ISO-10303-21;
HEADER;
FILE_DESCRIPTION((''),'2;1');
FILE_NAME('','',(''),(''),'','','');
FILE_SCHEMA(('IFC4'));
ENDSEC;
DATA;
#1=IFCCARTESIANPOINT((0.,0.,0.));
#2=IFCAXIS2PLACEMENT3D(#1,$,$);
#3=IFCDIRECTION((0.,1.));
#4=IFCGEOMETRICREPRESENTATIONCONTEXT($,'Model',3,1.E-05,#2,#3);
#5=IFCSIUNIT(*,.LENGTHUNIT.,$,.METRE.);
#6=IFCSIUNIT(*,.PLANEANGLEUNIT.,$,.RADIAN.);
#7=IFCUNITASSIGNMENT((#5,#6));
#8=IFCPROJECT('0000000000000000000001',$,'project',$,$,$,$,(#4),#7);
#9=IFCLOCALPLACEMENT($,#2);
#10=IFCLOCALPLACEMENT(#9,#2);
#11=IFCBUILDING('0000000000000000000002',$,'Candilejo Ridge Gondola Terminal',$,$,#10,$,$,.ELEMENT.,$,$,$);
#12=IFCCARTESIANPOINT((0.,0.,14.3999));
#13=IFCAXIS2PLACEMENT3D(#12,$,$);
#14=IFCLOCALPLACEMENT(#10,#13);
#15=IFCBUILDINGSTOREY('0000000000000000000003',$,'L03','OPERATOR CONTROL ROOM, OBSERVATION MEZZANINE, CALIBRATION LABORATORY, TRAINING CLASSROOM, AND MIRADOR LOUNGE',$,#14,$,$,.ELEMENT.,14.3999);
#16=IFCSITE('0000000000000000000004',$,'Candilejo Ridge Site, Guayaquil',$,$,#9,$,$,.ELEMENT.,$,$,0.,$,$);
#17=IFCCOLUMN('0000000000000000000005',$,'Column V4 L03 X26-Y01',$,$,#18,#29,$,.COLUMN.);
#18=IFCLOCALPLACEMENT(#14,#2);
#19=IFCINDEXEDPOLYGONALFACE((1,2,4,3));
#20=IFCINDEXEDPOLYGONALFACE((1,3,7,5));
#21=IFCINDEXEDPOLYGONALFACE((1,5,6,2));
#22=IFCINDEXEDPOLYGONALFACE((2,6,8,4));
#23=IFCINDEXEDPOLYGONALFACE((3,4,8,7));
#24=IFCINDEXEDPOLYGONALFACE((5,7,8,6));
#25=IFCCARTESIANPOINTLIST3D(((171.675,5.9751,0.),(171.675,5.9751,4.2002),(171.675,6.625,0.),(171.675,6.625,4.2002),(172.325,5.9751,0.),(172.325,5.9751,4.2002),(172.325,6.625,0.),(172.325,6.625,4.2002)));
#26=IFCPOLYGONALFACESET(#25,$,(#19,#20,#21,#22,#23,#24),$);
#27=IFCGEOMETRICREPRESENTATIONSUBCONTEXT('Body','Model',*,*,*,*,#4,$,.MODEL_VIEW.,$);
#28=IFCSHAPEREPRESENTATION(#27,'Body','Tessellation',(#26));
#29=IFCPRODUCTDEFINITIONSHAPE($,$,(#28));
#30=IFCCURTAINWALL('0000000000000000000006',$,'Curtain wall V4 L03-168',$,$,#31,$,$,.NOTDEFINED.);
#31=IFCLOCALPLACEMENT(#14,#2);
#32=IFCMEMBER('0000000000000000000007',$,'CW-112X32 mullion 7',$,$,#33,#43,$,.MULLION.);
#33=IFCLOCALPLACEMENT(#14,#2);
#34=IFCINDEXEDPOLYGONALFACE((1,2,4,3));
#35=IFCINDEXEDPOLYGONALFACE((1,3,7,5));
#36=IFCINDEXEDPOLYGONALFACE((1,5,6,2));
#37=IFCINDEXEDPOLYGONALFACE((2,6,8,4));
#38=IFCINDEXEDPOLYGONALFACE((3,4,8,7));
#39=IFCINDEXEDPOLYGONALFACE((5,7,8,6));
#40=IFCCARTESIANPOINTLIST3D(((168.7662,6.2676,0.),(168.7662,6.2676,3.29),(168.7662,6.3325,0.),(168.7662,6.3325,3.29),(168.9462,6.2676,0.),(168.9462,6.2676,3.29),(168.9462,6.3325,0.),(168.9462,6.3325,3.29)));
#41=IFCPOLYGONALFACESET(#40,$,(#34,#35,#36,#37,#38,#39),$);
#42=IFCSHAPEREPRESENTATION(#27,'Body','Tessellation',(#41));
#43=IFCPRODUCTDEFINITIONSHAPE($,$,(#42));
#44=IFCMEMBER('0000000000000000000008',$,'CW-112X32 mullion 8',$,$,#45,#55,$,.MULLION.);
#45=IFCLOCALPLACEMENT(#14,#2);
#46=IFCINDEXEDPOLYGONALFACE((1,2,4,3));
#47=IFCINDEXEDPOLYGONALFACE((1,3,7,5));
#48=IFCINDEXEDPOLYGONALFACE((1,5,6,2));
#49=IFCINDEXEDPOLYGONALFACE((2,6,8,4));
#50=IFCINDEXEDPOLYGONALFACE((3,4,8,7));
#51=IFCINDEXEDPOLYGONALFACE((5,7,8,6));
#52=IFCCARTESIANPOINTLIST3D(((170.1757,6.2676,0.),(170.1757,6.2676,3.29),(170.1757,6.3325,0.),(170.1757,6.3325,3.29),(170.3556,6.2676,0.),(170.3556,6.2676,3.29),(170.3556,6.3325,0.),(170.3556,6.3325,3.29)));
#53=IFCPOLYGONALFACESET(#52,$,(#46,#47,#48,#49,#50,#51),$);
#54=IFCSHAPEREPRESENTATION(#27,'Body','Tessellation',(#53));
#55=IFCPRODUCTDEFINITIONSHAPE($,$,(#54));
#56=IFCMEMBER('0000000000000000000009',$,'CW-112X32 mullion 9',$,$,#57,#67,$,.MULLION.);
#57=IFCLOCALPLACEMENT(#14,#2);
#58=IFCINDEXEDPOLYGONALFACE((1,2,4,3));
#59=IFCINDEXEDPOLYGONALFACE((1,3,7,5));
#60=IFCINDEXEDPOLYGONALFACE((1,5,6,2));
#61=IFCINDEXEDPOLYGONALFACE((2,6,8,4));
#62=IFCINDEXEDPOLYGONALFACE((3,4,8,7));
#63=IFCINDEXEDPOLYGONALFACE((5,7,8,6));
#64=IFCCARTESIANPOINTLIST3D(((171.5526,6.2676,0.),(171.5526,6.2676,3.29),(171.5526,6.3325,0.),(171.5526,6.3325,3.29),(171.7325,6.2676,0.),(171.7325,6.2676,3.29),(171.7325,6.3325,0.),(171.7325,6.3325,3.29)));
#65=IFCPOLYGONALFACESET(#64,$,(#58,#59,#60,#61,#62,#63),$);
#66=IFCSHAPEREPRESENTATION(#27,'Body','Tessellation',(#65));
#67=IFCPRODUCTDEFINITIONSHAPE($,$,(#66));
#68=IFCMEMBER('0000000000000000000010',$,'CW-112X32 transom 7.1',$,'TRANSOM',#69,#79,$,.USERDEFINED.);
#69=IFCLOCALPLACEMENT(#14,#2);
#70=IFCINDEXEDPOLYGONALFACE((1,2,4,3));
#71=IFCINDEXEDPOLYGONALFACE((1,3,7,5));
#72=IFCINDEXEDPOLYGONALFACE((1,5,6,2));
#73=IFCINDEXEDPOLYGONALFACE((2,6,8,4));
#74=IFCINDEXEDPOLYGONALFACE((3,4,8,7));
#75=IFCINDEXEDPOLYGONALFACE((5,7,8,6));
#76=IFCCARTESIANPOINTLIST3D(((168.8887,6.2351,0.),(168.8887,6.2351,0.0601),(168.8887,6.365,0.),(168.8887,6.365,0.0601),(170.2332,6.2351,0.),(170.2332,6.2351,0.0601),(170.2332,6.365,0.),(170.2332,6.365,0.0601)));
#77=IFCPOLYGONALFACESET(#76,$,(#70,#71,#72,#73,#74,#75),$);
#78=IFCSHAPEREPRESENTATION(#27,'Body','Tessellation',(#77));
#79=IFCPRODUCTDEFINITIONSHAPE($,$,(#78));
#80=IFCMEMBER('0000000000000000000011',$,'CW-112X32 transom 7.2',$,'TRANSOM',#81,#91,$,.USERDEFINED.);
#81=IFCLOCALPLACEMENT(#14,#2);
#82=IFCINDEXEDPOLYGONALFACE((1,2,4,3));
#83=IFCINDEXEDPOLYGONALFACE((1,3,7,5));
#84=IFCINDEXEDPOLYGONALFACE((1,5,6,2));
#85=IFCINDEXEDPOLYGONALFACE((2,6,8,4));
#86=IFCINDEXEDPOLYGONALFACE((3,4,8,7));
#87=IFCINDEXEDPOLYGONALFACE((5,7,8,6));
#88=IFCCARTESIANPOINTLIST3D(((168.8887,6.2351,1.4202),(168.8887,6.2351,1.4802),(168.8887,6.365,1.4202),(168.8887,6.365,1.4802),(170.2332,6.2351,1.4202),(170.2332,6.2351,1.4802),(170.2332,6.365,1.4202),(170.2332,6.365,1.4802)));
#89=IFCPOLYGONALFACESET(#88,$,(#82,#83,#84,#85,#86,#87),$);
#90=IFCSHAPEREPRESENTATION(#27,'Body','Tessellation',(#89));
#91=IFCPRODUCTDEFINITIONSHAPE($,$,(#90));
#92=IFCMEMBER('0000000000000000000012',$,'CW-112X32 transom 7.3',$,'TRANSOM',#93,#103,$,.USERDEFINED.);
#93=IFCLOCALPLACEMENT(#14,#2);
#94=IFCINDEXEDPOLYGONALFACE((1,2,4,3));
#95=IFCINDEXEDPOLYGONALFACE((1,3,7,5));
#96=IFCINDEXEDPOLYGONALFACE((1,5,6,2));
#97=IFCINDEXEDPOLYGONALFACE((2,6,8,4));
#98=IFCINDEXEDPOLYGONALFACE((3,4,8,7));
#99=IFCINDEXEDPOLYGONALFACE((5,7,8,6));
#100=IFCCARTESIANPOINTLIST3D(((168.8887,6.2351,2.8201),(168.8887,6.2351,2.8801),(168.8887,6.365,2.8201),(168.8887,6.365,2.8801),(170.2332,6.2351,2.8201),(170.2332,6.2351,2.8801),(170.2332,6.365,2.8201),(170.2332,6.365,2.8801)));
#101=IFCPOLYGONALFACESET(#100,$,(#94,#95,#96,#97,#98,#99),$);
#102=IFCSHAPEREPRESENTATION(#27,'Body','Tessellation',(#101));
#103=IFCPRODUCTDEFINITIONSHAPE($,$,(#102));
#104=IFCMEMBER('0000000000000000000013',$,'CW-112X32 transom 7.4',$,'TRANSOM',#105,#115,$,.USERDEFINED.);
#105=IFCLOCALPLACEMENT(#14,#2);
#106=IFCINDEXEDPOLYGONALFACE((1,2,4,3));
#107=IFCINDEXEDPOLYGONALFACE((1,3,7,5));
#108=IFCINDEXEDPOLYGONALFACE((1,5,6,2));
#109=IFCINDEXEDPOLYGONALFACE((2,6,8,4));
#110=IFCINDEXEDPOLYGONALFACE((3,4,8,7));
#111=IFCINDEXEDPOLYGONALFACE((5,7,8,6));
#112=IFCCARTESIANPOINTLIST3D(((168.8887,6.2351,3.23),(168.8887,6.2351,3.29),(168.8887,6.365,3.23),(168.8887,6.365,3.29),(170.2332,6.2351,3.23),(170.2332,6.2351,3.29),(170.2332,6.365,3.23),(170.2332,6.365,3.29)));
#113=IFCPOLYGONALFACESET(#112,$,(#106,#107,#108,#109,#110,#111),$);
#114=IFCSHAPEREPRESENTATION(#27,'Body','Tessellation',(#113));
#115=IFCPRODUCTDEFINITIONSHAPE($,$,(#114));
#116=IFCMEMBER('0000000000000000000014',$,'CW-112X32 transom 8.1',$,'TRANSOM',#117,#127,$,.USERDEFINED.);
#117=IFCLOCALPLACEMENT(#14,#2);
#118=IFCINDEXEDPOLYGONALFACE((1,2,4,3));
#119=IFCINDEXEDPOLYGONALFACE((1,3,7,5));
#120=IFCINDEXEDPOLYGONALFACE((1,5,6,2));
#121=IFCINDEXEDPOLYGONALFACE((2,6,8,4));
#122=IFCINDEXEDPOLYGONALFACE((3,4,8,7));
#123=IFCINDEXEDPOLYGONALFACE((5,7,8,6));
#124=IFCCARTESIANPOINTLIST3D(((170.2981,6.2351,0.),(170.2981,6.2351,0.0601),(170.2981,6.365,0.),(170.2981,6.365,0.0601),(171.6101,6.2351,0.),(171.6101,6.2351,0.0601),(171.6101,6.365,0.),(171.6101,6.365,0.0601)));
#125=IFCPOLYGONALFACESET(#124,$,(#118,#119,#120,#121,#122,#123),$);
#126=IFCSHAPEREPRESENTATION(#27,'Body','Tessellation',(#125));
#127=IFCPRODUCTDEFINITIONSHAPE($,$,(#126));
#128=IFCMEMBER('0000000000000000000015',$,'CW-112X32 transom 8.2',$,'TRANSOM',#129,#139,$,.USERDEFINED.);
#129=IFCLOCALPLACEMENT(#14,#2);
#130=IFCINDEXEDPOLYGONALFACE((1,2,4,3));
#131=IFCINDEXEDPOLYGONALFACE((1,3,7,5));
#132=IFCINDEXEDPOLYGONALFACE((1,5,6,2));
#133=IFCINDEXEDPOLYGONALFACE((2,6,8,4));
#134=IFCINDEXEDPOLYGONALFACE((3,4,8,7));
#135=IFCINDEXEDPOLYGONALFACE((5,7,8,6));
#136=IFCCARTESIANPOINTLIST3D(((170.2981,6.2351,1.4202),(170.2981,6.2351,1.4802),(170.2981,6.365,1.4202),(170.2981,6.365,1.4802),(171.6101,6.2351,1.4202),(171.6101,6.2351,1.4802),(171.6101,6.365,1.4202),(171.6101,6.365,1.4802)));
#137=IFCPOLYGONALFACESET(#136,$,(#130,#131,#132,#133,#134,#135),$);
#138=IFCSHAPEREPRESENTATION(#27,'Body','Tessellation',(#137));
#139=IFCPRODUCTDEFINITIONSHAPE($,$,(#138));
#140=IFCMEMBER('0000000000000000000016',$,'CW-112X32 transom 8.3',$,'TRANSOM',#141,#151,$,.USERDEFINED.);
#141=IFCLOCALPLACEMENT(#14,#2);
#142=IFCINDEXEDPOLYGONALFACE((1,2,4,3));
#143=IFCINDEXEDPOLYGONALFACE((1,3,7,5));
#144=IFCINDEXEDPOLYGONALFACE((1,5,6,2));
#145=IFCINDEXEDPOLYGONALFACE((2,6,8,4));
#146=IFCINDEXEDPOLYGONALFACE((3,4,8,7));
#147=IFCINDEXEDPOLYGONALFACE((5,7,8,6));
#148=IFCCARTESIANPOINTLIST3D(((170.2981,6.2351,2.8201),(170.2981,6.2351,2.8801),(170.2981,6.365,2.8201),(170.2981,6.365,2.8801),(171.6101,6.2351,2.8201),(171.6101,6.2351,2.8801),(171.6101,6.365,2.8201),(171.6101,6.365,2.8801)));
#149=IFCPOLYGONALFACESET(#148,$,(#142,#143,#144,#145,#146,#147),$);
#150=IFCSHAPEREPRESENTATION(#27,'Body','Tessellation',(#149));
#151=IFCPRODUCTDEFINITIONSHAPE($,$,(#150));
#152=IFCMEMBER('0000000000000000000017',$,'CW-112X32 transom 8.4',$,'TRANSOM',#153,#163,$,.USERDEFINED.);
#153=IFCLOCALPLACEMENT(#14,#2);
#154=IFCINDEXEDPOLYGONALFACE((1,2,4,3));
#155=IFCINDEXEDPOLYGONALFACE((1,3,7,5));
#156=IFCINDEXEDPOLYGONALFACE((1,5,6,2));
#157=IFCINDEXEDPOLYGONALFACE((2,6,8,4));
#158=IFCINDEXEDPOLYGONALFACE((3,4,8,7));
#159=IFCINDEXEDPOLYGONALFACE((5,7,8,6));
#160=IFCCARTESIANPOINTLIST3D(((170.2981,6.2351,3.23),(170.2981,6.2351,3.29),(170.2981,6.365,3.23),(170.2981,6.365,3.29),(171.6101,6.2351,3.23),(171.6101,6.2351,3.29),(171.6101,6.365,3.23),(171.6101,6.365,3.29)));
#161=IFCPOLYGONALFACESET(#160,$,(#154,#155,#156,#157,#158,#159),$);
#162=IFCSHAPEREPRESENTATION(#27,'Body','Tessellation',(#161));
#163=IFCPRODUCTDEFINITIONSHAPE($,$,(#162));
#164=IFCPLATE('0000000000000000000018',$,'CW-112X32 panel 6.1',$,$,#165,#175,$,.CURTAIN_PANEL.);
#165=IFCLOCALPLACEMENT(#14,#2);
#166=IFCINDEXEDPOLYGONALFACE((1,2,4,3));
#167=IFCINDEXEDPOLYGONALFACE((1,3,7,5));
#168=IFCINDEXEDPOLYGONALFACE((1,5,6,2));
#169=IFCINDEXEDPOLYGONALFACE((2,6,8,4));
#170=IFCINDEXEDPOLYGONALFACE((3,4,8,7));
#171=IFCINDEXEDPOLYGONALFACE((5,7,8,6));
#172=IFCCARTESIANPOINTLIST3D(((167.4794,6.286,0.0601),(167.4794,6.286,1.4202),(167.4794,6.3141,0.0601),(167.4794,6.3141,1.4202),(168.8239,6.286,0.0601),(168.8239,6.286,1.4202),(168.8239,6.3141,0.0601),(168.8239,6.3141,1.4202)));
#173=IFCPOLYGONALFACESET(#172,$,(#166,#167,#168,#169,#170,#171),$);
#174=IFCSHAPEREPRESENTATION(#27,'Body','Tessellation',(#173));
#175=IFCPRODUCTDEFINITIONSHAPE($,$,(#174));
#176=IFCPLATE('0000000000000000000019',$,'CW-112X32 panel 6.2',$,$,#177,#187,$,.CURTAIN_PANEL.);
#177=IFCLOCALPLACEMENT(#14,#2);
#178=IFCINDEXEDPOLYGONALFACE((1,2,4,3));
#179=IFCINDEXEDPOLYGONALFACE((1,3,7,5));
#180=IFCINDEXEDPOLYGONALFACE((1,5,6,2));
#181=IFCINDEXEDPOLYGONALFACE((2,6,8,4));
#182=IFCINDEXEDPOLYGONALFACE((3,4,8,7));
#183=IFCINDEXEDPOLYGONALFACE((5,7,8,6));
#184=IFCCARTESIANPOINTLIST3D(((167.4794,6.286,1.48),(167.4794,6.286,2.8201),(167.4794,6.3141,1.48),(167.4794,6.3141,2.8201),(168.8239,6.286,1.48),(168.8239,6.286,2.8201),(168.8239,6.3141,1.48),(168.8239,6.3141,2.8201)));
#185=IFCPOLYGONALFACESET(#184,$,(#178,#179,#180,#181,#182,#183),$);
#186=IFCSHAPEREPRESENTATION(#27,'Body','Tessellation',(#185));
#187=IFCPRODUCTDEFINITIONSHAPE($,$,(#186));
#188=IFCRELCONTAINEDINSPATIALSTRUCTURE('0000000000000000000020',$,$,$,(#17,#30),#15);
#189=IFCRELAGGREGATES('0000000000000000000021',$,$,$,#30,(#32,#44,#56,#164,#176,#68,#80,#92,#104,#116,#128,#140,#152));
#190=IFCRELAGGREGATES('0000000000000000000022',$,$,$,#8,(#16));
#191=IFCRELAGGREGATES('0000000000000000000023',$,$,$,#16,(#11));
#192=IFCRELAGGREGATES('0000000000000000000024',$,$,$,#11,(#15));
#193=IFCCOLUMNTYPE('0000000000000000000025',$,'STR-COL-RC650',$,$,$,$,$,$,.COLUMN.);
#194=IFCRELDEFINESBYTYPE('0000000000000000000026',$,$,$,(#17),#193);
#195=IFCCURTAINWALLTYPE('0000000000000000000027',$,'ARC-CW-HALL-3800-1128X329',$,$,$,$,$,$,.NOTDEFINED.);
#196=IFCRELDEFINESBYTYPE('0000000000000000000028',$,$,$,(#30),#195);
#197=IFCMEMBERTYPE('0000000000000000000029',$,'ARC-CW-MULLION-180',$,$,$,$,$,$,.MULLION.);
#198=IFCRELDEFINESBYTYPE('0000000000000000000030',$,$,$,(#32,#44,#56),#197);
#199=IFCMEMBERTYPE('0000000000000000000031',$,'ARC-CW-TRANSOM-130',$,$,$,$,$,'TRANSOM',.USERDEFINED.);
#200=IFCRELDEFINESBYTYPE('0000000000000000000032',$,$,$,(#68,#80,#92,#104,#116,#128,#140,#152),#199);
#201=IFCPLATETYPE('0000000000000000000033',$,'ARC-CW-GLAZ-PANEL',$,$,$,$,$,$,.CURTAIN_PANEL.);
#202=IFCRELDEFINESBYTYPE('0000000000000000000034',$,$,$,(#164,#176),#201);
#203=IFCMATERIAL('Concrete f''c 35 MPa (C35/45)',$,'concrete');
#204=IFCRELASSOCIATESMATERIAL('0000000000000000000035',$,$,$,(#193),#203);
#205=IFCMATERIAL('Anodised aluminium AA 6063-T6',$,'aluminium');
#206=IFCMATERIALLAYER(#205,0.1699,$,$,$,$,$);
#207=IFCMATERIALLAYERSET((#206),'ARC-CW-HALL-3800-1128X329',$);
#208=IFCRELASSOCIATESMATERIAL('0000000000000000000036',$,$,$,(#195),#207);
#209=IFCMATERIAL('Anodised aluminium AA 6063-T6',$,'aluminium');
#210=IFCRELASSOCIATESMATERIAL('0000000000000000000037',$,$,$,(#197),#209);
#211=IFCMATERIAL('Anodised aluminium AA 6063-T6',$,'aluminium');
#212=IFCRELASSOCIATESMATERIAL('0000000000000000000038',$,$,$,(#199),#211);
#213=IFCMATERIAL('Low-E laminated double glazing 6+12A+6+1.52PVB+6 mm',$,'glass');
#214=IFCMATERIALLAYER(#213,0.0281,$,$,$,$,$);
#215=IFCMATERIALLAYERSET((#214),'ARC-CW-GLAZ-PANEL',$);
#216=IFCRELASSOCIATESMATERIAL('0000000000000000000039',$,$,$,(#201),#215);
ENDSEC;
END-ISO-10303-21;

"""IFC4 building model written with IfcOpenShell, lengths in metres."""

from ifc_helpers import new_model, si_unit, direction, frame, origin, origin_2d, place, context, subcontext, project, spatial, rectangle, extrude, material, layer, layer_set, material_profile, profile_set, type_object, element, aggregate, save


model = new_model("IFC4")

# Units and contexts
model_context = context("Model", 3, precision=1e-05, world=origin(), true_north=direction((0.0, 1.0)))
body_context = subcontext(model_context, "Body", "Model", "MODEL_VIEW")
ifc_project = project(units=[si_unit("LENGTHUNIT", "METRE"), si_unit("PLANEANGLEUNIT", "RADIAN")], contexts=[model_context])

# Site, building, storey
site_placement = place(None, origin())
site = spatial("IfcSite", under=ifc_project, at=site_placement, Name="Candilejo Ridge Site, Guayaquil", CompositionType="ELEMENT", RefElevation=0.0)
building_placement = place(site_placement, origin())
building = spatial("IfcBuilding", under=site, at=building_placement, Name="Candilejo Ridge Gondola Terminal", CompositionType="ELEMENT")
storey_placement = place(building_placement, frame((0.0, 0.0, 14.3999)))
storey = spatial("IfcBuildingStorey", under=building, at=storey_placement, Name="L03", Description="OPERATOR CONTROL ROOM, OBSERVATION MEZZANINE, CALIBRATION LABORATORY, TRAINING CLASSROOM, AND MIRADOR LOUNGE", CompositionType="ELEMENT", Elevation=14.3999)

# Column
ifc_material_1 = material(Name="Concrete f'c 35 MPa (C35/45)", Category="concrete")
ifc_material_profile_1 = material_profile(ifc_material_1, rectangle(XDim=0.6499, YDim=0.6499, at=origin_2d()))
ifc_profile_set_1 = profile_set([ifc_material_profile_1], Name="Concrete f'c 35 MPa (C35/45)")
column_type = type_object("IfcColumnType", Name="STR-COL-RC650", PredefinedType="COLUMN", material=ifc_profile_set_1)
column_placement = place(storey_placement, frame((172.0, 6.3, 0.0), z_axis=(0.0, 0.0, 1.0), x_axis=(1.0, 0.0, 0.0)))
element("IfcColumn", 1, at=column_placement, inside=storey, type_object=column_type, Name="Column V4 L03 X26-Y01", PredefinedType="COLUMN", context=body_context, shape_type="SweptSolid", body=[
    extrude(rectangle(XDim=0.6499, YDim=0.6499, at=origin_2d()), origin(), (0.0, 0.0, 1.0), 4.2002),
])

# Curtain wall, members, plates
ifc_material_2 = material(Name="Anodised aluminium AA 6063-T6", Category="aluminium")
ifc_layer_1 = layer(ifc_material_2, 0.1699)
ifc_layer_set_1 = layer_set([ifc_layer_1], Name="ARC-CW-HALL-3800-1128X329")
curtain_wall_type = type_object("IfcCurtainWallType", Name="ARC-CW-HALL-3800-1128X329", PredefinedType="NOTDEFINED", material=ifc_layer_set_1)
curtain_wall_placement = place(storey_placement, origin())
curtain_wall = element("IfcCurtainWall", 2, at=curtain_wall_placement, inside=storey, type_object=curtain_wall_type, Name="Curtain wall V4 L03-168", PredefinedType="NOTDEFINED")
ifc_material_3 = material(Name="Anodised aluminium AA 6063-T6", Category="aluminium")
ifc_material_profile_2 = material_profile(ifc_material_3, rectangle(XDim=0.0649, YDim=0.1799, at=origin_2d()))
ifc_profile_set_2 = profile_set([ifc_material_profile_2], Name="Anodised aluminium AA 6063-T6")
member_type_1 = type_object("IfcMemberType", Name="ARC-CW-MULLION-180", PredefinedType="MULLION", material=ifc_profile_set_2)
member_1_placement = place(storey_placement, frame((168.8562, 6.3, 0.0), z_axis=(0.0, 0.0, 1.0), x_axis=(0.0, 1.0, 0.0)))
member_1 = element("IfcMember", 3, at=member_1_placement, type_object=member_type_1, Name="CW-112X32 mullion 7", PredefinedType="MULLION", context=body_context, shape_type="SweptSolid", body=[
    extrude(rectangle(XDim=0.0649, YDim=0.1799, at=origin_2d()), origin(), (0.0, 0.0, 1.0), 3.29),
])
member_2_placement = place(storey_placement, frame((170.2656, 6.3, 0.0), z_axis=(0.0, 0.0, 1.0), x_axis=(0.0, 1.0, 0.0)))
member_2 = element("IfcMember", 4, at=member_2_placement, type_object=member_type_1, Name="CW-112X32 mullion 8", PredefinedType="MULLION", context=body_context, shape_type="SweptSolid", body=[
    extrude(rectangle(XDim=0.0649, YDim=0.1799, at=origin_2d()), origin(), (0.0, 0.0, 1.0), 3.29),
])
member_3_placement = place(storey_placement, frame((171.6426, 6.3, 0.0), z_axis=(0.0, 0.0, 1.0), x_axis=(0.0, 1.0, 0.0)))
member_3 = element("IfcMember", 5, at=member_3_placement, type_object=member_type_1, Name="CW-112X32 mullion 9", PredefinedType="MULLION", context=body_context, shape_type="SweptSolid", body=[
    extrude(rectangle(XDim=0.0649, YDim=0.1799, at=origin_2d()), origin(), (0.0, 0.0, 1.0), 3.29),
])
ifc_material_4 = material(Name="Anodised aluminium AA 6063-T6", Category="aluminium")
ifc_material_profile_3 = material_profile(ifc_material_4, rectangle(XDim=0.1299, YDim=0.0601, at=origin_2d()))
ifc_profile_set_3 = profile_set([ifc_material_profile_3], Name="Anodised aluminium AA 6063-T6")
member_type_2 = type_object("IfcMemberType", Name="ARC-CW-TRANSOM-130", ElementType="TRANSOM", PredefinedType="USERDEFINED", material=ifc_profile_set_3)
member_4_placement = place(storey_placement, frame((168.8887, 6.3, 0.03), z_axis=(1.0, 0.0, 0.0), x_axis=(0.0, 1.0, 0.0)))
member_4 = element("IfcMember", 6, at=member_4_placement, type_object=member_type_2, Name="CW-112X32 transom 7.1", ObjectType="TRANSOM", PredefinedType="USERDEFINED", context=body_context, shape_type="SweptSolid", body=[
    extrude(rectangle(XDim=0.1299, YDim=0.0601, at=origin_2d()), origin(), (0.0, 0.0, 1.0), 1.3445),
])
member_5_placement = place(storey_placement, frame((168.8887, 6.3, 1.4502), z_axis=(1.0, 0.0, 0.0), x_axis=(0.0, 1.0, 0.0)))
member_5 = element("IfcMember", 7, at=member_5_placement, type_object=member_type_2, Name="CW-112X32 transom 7.2", ObjectType="TRANSOM", PredefinedType="USERDEFINED", context=body_context, shape_type="SweptSolid", body=[
    extrude(rectangle(XDim=0.1299, YDim=0.0601, at=origin_2d()), origin(), (0.0, 0.0, 1.0), 1.3445),
])
member_6_placement = place(storey_placement, frame((168.8887, 6.3, 2.8501), z_axis=(1.0, 0.0, 0.0), x_axis=(0.0, 1.0, 0.0)))
member_6 = element("IfcMember", 8, at=member_6_placement, type_object=member_type_2, Name="CW-112X32 transom 7.3", ObjectType="TRANSOM", PredefinedType="USERDEFINED", context=body_context, shape_type="SweptSolid", body=[
    extrude(rectangle(XDim=0.1299, YDim=0.0601, at=origin_2d()), origin(), (0.0, 0.0, 1.0), 1.3445),
])
member_7_placement = place(storey_placement, frame((168.8887, 6.3, 3.26), z_axis=(1.0, 0.0, 0.0), x_axis=(0.0, 1.0, 0.0)))
member_7 = element("IfcMember", 9, at=member_7_placement, type_object=member_type_2, Name="CW-112X32 transom 7.4", ObjectType="TRANSOM", PredefinedType="USERDEFINED", context=body_context, shape_type="SweptSolid", body=[
    extrude(rectangle(XDim=0.1299, YDim=0.0601, at=origin_2d()), origin(), (0.0, 0.0, 1.0), 1.3445),
])
member_8_placement = place(storey_placement, frame((170.2981, 6.3, 0.03), z_axis=(1.0, 0.0, 0.0), x_axis=(0.0, 1.0, 0.0)))
member_8 = element("IfcMember", 10, at=member_8_placement, type_object=member_type_2, Name="CW-112X32 transom 8.1", ObjectType="TRANSOM", PredefinedType="USERDEFINED", context=body_context, shape_type="SweptSolid", body=[
    extrude(rectangle(XDim=0.1299, YDim=0.0601, at=origin_2d()), origin(), (0.0, 0.0, 1.0), 1.312),
])
member_9_placement = place(storey_placement, frame((170.2981, 6.3, 1.4502), z_axis=(1.0, 0.0, 0.0), x_axis=(0.0, 1.0, 0.0)))
member_9 = element("IfcMember", 11, at=member_9_placement, type_object=member_type_2, Name="CW-112X32 transom 8.2", ObjectType="TRANSOM", PredefinedType="USERDEFINED", context=body_context, shape_type="SweptSolid", body=[
    extrude(rectangle(XDim=0.1299, YDim=0.0601, at=origin_2d()), origin(), (0.0, 0.0, 1.0), 1.312),
])
member_10_placement = place(storey_placement, frame((170.2981, 6.3, 2.8501), z_axis=(1.0, 0.0, 0.0), x_axis=(0.0, 1.0, 0.0)))
member_10 = element("IfcMember", 12, at=member_10_placement, type_object=member_type_2, Name="CW-112X32 transom 8.3", ObjectType="TRANSOM", PredefinedType="USERDEFINED", context=body_context, shape_type="SweptSolid", body=[
    extrude(rectangle(XDim=0.1299, YDim=0.0601, at=origin_2d()), origin(), (0.0, 0.0, 1.0), 1.312),
])
member_11_placement = place(storey_placement, frame((170.2981, 6.3, 3.26), z_axis=(1.0, 0.0, 0.0), x_axis=(0.0, 1.0, 0.0)))
member_11 = element("IfcMember", 13, at=member_11_placement, type_object=member_type_2, Name="CW-112X32 transom 8.4", ObjectType="TRANSOM", PredefinedType="USERDEFINED", context=body_context, shape_type="SweptSolid", body=[
    extrude(rectangle(XDim=0.1299, YDim=0.0601, at=origin_2d()), origin(), (0.0, 0.0, 1.0), 1.312),
])
ifc_material_5 = material(Name="Low-E laminated double glazing 6+12A+6+1.52PVB+6 mm", Category="glass")
ifc_layer_2 = layer(ifc_material_5, 0.0281)
ifc_layer_set_2 = layer_set([ifc_layer_2], Name="ARC-CW-GLAZ-PANEL")
plate_type = type_object("IfcPlateType", Name="ARC-CW-GLAZ-PANEL", PredefinedType="CURTAIN_PANEL", material=ifc_layer_set_2)
plate_1_placement = place(storey_placement, frame((168.1516, 6.3, 0.0601), z_axis=(0.0, 0.0, 1.0), x_axis=(1.0, 0.0, 0.0)))
plate_1 = element("IfcPlate", 14, at=plate_1_placement, type_object=plate_type, Name="CW-112X32 panel 6.1", PredefinedType="CURTAIN_PANEL", context=body_context, shape_type="SweptSolid", body=[
    extrude(rectangle(XDim=1.3445, YDim=0.0281, at=origin_2d()), origin(), (0.0, 0.0, 1.0), 1.3601),
])
plate_2_placement = place(storey_placement, frame((168.1516, 6.3, 1.48), z_axis=(0.0, 0.0, 1.0), x_axis=(1.0, 0.0, 0.0)))
plate_2 = element("IfcPlate", 15, at=plate_2_placement, type_object=plate_type, Name="CW-112X32 panel 6.2", PredefinedType="CURTAIN_PANEL", context=body_context, shape_type="SweptSolid", body=[
    extrude(rectangle(XDim=1.3445, YDim=0.0281, at=origin_2d()), origin(), (0.0, 0.0, 1.0), 1.3401),
])
aggregate(curtain_wall, [member_1, member_2, member_3, plate_1, plate_2, member_4, member_5, member_6, member_7, member_8, member_9, member_10, member_11])

save(model, "model.ifc")
